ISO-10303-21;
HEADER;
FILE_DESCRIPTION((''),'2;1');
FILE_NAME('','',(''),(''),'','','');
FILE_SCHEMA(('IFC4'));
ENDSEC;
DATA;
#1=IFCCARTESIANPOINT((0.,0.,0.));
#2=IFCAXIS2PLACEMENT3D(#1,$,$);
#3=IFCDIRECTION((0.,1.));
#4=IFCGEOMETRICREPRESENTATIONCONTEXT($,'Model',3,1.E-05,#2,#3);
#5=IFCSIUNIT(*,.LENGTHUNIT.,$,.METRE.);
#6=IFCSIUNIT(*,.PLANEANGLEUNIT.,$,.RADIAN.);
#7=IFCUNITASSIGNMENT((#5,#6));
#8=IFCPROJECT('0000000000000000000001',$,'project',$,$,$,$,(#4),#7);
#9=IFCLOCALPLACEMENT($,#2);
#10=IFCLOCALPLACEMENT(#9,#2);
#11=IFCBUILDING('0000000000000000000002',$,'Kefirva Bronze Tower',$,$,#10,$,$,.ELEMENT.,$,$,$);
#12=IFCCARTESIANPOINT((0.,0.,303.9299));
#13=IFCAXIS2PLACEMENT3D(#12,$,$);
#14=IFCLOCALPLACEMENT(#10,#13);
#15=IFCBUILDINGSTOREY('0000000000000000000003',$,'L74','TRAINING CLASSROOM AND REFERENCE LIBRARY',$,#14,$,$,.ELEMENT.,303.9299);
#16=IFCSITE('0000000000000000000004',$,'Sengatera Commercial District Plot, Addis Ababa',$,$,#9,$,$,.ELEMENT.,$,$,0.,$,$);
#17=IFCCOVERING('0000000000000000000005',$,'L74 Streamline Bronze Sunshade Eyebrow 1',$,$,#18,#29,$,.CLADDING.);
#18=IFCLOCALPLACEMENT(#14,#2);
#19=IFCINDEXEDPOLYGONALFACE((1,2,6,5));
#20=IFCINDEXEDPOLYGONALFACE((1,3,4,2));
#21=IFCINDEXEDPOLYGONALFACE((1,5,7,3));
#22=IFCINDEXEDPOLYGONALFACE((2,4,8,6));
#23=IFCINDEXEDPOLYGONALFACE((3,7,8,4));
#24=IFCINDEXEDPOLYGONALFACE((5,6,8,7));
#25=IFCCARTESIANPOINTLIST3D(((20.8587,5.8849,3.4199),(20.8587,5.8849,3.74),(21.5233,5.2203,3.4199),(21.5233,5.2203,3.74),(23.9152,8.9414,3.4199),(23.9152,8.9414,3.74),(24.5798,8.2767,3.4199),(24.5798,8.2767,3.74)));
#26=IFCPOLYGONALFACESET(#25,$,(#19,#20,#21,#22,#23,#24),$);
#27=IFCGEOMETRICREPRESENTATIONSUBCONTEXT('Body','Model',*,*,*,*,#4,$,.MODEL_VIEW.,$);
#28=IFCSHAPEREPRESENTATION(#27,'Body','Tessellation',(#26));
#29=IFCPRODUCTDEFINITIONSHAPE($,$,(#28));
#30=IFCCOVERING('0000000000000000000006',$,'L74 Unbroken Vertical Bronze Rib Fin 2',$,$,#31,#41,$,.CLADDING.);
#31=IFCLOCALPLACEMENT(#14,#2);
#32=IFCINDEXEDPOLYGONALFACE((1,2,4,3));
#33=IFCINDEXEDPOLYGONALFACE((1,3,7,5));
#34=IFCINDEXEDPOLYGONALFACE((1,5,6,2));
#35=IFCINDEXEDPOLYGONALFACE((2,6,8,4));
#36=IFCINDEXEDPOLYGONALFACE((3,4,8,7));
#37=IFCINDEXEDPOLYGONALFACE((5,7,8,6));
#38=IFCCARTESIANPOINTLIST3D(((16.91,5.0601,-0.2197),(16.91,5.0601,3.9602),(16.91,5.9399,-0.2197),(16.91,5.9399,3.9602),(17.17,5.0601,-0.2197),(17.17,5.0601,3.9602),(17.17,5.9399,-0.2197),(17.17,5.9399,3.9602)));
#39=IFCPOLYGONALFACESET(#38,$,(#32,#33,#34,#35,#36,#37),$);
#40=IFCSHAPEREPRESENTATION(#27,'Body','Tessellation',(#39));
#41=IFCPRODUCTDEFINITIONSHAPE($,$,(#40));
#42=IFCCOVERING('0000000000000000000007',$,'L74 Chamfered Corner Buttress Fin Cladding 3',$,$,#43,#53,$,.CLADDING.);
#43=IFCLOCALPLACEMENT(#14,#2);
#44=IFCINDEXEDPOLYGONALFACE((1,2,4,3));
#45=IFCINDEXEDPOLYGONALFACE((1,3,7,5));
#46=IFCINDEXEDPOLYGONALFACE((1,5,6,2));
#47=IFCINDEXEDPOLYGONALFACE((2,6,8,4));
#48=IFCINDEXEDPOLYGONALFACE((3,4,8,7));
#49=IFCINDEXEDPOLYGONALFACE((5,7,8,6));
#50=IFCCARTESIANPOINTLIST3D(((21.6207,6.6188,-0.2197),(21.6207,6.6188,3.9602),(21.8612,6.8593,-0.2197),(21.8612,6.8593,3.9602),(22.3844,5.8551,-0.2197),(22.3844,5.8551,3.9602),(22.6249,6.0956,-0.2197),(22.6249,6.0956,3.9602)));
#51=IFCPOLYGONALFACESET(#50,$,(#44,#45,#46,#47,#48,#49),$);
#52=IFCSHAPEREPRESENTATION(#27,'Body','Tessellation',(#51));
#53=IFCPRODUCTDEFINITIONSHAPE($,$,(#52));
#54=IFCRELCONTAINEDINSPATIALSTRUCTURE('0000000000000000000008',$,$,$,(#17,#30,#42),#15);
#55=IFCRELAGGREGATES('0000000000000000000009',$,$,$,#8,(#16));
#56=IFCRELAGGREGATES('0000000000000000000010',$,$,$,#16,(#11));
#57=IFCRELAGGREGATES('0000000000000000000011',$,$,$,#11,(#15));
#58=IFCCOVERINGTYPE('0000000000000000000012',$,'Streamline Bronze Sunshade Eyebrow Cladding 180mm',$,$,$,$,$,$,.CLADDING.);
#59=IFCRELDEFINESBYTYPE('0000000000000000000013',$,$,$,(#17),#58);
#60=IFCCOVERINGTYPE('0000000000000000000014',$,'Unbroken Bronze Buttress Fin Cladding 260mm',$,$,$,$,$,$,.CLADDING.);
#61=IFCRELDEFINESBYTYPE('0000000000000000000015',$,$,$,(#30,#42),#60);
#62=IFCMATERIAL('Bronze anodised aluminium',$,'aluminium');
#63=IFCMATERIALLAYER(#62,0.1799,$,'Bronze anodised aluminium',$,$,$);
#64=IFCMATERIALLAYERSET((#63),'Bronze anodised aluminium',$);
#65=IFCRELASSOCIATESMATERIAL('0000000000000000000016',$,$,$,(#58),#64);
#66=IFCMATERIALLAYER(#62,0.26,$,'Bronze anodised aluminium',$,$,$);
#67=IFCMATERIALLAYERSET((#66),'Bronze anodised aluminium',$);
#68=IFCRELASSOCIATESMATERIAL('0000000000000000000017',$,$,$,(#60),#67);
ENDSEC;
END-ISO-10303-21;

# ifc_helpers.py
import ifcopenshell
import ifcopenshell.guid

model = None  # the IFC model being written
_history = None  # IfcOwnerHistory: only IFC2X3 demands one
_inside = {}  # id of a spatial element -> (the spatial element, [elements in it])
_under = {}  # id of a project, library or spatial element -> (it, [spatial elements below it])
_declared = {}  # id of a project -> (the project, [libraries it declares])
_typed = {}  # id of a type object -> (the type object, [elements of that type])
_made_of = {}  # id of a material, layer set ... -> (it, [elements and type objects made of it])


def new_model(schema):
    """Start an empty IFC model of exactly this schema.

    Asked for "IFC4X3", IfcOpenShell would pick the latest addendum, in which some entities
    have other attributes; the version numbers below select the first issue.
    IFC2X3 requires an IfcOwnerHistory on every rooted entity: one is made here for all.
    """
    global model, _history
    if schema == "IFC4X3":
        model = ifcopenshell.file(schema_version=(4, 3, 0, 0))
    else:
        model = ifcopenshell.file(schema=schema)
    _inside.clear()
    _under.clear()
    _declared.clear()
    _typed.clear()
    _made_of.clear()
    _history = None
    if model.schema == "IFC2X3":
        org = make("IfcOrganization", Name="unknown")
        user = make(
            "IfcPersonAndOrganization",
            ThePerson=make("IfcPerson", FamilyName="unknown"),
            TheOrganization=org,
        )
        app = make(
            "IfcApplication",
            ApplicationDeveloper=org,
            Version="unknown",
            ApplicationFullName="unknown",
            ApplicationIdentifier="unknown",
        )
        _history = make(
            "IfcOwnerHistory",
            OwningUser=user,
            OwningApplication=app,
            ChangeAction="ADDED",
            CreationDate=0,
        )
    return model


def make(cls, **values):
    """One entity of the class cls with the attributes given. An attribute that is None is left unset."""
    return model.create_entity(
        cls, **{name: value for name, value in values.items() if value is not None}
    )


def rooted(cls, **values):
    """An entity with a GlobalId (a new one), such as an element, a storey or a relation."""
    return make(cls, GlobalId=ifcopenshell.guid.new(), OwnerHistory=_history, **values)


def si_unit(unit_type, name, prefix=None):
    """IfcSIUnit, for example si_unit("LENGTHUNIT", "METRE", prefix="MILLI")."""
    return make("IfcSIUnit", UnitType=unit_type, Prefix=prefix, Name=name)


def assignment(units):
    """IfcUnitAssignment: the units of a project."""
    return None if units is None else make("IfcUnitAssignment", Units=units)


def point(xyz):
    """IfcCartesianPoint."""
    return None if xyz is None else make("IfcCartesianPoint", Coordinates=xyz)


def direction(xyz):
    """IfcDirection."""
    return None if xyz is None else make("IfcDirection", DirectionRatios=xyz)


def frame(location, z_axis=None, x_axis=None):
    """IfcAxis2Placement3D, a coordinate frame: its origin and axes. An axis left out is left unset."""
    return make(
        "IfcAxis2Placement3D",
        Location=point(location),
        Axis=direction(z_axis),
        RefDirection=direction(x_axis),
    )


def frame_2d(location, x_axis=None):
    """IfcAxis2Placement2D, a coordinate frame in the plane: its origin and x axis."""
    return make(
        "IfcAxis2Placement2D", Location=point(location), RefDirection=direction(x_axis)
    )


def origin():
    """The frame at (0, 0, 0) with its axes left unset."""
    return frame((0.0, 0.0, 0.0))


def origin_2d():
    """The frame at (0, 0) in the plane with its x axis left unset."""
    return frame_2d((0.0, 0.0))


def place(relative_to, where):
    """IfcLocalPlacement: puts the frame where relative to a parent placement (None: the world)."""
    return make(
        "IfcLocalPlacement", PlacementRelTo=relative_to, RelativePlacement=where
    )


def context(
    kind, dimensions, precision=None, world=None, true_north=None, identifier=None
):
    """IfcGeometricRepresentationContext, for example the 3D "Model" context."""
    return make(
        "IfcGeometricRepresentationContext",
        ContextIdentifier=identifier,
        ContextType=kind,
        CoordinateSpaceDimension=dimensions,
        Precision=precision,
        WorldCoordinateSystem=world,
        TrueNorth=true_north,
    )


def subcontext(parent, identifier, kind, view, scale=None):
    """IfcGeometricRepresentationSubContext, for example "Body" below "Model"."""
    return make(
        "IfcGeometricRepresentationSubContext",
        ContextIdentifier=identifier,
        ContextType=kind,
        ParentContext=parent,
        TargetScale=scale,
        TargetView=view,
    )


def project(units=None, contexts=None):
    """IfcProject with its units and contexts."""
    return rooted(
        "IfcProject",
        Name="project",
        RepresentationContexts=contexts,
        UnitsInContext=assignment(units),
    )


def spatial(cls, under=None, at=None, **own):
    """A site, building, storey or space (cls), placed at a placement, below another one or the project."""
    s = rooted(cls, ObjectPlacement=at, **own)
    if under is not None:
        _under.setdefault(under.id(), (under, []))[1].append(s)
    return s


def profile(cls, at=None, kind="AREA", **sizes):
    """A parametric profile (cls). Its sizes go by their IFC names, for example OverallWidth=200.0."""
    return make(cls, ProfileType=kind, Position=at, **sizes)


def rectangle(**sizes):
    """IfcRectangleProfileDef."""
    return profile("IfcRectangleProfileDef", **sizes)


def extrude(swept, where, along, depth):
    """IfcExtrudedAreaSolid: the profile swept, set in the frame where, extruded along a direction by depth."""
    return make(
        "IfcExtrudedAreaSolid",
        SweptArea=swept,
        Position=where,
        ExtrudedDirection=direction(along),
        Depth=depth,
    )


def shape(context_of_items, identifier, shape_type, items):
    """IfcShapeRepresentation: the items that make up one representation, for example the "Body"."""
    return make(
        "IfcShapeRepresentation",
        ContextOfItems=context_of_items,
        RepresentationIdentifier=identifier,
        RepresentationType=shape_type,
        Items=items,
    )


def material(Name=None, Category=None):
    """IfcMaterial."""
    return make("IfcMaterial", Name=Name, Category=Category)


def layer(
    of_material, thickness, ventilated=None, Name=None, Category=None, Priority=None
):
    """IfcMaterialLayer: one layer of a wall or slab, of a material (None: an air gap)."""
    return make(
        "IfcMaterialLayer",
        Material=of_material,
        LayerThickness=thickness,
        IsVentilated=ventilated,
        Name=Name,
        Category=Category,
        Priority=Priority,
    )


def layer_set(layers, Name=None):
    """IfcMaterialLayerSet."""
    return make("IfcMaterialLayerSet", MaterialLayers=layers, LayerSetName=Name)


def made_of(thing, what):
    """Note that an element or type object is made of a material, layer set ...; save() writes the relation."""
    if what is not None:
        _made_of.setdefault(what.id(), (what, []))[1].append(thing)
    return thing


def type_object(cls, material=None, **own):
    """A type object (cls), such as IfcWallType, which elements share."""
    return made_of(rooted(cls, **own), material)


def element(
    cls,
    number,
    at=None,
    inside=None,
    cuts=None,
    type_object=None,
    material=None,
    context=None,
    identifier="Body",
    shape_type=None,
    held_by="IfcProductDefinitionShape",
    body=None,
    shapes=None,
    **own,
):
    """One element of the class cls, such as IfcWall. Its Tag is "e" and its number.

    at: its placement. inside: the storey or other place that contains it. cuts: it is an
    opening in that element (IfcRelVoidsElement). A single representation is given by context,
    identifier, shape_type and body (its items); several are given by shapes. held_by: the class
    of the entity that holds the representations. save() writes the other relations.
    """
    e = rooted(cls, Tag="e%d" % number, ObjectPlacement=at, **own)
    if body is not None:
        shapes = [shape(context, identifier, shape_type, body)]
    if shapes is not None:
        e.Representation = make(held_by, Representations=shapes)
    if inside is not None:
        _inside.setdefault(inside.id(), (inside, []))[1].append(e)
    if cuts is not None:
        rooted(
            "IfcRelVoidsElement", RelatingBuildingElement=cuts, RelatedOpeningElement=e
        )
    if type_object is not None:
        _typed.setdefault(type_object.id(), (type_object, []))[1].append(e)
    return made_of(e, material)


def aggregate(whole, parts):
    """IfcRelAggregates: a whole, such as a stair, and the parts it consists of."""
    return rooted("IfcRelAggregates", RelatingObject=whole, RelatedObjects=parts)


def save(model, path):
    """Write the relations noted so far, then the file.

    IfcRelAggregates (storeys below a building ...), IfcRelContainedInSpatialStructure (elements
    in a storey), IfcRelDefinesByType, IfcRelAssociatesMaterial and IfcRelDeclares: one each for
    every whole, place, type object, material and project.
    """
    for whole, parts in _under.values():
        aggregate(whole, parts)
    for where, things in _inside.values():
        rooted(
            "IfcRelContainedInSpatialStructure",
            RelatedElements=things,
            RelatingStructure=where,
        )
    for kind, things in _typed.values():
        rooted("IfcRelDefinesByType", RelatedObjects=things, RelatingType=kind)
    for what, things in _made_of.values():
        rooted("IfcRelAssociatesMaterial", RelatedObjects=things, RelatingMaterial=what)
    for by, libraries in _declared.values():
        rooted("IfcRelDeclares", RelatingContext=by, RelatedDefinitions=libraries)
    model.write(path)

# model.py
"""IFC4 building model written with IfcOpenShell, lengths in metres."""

from ifc_helpers import new_model, si_unit, direction, frame, origin, origin_2d, place, context, subcontext, project, spatial, rectangle, extrude, material, layer, layer_set, type_object, element, save


model = new_model("IFC4")

# Units and contexts
model_context = context("Model", 3, precision=1e-05, world=origin(), true_north=direction((0.0, 1.0)))
body_context = subcontext(model_context, "Body", "Model", "MODEL_VIEW")
ifc_project = project(units=[si_unit("LENGTHUNIT", "METRE"), si_unit("PLANEANGLEUNIT", "RADIAN")], contexts=[model_context])

# Site, building, storey
site_placement = place(None, origin())
site = spatial("IfcSite", under=ifc_project, at=site_placement, Name="Sengatera Commercial District Plot, Addis Ababa", CompositionType="ELEMENT", RefElevation=0.0)
building_placement = place(site_placement, origin())
building = spatial("IfcBuilding", under=site, at=building_placement, Name="Kefirva Bronze Tower", CompositionType="ELEMENT")
storey_placement = place(building_placement, frame((0.0, 0.0, 303.9299)))
storey = spatial("IfcBuildingStorey", under=building, at=storey_placement, Name="L74", Description="TRAINING CLASSROOM AND REFERENCE LIBRARY", CompositionType="ELEMENT", Elevation=303.9299)

# Shared definitions
ifc_material_1 = material(Name="Bronze anodised aluminium", Category="aluminium")

# Coverings
ifc_layer_1 = layer(ifc_material_1, 0.1799, Name="Bronze anodised aluminium")
ifc_layer_set_1 = layer_set([ifc_layer_1], Name="Bronze anodised aluminium")
covering_type_1 = type_object("IfcCoveringType", Name="Streamline Bronze Sunshade Eyebrow Cladding 180mm", PredefinedType="CLADDING", material=ifc_layer_set_1)
covering_1_placement = place(storey_placement, frame((22.7192, 7.0808, 3.4199), z_axis=(0.0, 0.0, 1.0), x_axis=(0.707107, 0.707107, 0.0)))
element("IfcCovering", 1, at=covering_1_placement, inside=storey, type_object=covering_type_1, Name="L74 Streamline Bronze Sunshade Eyebrow 1", PredefinedType="CLADDING", context=body_context, shape_type="SweptSolid", body=[
    extrude(rectangle(XDim=4.3225, YDim=0.9399, at=origin_2d()), origin(), (0.0, 0.0, 1.0), 0.3201),
])
ifc_layer_2 = layer(ifc_material_1, 0.26, Name="Bronze anodised aluminium")
ifc_layer_set_2 = layer_set([ifc_layer_2], Name="Bronze anodised aluminium")
covering_type_2 = type_object("IfcCoveringType", Name="Unbroken Bronze Buttress Fin Cladding 260mm", PredefinedType="CLADDING", material=ifc_layer_set_2)
covering_2_placement = place(storey_placement, frame((17.04, 5.5, -0.2197), z_axis=(0.0, 0.0, 1.0), x_axis=(1.0, 0.0, 0.0)))
element("IfcCovering", 2, at=covering_2_placement, inside=storey, type_object=covering_type_2, Name="L74 Unbroken Vertical Bronze Rib Fin 2", PredefinedType="CLADDING", context=body_context, shape_type="SweptSolid", body=[
    extrude(rectangle(XDim=0.26, YDim=0.8799, at=origin_2d()), origin(), (0.0, 0.0, 1.0), 4.1799),
])
covering_3_placement = place(storey_placement, frame((22.1228, 6.3572, -0.2197), z_axis=(0.0, 0.0, 1.0), x_axis=(0.707107, 0.707107, 0.0)))
element("IfcCovering", 3, at=covering_3_placement, inside=storey, type_object=covering_type_2, Name="L74 Chamfered Corner Buttress Fin Cladding 3", PredefinedType="CLADDING", context=body_context, shape_type="SweptSolid", body=[
    extrude(rectangle(XDim=0.3401, YDim=1.0801, at=origin_2d()), origin(), (0.0, 0.0, 1.0), 4.1799),
])

save(model, "model.ifc")
